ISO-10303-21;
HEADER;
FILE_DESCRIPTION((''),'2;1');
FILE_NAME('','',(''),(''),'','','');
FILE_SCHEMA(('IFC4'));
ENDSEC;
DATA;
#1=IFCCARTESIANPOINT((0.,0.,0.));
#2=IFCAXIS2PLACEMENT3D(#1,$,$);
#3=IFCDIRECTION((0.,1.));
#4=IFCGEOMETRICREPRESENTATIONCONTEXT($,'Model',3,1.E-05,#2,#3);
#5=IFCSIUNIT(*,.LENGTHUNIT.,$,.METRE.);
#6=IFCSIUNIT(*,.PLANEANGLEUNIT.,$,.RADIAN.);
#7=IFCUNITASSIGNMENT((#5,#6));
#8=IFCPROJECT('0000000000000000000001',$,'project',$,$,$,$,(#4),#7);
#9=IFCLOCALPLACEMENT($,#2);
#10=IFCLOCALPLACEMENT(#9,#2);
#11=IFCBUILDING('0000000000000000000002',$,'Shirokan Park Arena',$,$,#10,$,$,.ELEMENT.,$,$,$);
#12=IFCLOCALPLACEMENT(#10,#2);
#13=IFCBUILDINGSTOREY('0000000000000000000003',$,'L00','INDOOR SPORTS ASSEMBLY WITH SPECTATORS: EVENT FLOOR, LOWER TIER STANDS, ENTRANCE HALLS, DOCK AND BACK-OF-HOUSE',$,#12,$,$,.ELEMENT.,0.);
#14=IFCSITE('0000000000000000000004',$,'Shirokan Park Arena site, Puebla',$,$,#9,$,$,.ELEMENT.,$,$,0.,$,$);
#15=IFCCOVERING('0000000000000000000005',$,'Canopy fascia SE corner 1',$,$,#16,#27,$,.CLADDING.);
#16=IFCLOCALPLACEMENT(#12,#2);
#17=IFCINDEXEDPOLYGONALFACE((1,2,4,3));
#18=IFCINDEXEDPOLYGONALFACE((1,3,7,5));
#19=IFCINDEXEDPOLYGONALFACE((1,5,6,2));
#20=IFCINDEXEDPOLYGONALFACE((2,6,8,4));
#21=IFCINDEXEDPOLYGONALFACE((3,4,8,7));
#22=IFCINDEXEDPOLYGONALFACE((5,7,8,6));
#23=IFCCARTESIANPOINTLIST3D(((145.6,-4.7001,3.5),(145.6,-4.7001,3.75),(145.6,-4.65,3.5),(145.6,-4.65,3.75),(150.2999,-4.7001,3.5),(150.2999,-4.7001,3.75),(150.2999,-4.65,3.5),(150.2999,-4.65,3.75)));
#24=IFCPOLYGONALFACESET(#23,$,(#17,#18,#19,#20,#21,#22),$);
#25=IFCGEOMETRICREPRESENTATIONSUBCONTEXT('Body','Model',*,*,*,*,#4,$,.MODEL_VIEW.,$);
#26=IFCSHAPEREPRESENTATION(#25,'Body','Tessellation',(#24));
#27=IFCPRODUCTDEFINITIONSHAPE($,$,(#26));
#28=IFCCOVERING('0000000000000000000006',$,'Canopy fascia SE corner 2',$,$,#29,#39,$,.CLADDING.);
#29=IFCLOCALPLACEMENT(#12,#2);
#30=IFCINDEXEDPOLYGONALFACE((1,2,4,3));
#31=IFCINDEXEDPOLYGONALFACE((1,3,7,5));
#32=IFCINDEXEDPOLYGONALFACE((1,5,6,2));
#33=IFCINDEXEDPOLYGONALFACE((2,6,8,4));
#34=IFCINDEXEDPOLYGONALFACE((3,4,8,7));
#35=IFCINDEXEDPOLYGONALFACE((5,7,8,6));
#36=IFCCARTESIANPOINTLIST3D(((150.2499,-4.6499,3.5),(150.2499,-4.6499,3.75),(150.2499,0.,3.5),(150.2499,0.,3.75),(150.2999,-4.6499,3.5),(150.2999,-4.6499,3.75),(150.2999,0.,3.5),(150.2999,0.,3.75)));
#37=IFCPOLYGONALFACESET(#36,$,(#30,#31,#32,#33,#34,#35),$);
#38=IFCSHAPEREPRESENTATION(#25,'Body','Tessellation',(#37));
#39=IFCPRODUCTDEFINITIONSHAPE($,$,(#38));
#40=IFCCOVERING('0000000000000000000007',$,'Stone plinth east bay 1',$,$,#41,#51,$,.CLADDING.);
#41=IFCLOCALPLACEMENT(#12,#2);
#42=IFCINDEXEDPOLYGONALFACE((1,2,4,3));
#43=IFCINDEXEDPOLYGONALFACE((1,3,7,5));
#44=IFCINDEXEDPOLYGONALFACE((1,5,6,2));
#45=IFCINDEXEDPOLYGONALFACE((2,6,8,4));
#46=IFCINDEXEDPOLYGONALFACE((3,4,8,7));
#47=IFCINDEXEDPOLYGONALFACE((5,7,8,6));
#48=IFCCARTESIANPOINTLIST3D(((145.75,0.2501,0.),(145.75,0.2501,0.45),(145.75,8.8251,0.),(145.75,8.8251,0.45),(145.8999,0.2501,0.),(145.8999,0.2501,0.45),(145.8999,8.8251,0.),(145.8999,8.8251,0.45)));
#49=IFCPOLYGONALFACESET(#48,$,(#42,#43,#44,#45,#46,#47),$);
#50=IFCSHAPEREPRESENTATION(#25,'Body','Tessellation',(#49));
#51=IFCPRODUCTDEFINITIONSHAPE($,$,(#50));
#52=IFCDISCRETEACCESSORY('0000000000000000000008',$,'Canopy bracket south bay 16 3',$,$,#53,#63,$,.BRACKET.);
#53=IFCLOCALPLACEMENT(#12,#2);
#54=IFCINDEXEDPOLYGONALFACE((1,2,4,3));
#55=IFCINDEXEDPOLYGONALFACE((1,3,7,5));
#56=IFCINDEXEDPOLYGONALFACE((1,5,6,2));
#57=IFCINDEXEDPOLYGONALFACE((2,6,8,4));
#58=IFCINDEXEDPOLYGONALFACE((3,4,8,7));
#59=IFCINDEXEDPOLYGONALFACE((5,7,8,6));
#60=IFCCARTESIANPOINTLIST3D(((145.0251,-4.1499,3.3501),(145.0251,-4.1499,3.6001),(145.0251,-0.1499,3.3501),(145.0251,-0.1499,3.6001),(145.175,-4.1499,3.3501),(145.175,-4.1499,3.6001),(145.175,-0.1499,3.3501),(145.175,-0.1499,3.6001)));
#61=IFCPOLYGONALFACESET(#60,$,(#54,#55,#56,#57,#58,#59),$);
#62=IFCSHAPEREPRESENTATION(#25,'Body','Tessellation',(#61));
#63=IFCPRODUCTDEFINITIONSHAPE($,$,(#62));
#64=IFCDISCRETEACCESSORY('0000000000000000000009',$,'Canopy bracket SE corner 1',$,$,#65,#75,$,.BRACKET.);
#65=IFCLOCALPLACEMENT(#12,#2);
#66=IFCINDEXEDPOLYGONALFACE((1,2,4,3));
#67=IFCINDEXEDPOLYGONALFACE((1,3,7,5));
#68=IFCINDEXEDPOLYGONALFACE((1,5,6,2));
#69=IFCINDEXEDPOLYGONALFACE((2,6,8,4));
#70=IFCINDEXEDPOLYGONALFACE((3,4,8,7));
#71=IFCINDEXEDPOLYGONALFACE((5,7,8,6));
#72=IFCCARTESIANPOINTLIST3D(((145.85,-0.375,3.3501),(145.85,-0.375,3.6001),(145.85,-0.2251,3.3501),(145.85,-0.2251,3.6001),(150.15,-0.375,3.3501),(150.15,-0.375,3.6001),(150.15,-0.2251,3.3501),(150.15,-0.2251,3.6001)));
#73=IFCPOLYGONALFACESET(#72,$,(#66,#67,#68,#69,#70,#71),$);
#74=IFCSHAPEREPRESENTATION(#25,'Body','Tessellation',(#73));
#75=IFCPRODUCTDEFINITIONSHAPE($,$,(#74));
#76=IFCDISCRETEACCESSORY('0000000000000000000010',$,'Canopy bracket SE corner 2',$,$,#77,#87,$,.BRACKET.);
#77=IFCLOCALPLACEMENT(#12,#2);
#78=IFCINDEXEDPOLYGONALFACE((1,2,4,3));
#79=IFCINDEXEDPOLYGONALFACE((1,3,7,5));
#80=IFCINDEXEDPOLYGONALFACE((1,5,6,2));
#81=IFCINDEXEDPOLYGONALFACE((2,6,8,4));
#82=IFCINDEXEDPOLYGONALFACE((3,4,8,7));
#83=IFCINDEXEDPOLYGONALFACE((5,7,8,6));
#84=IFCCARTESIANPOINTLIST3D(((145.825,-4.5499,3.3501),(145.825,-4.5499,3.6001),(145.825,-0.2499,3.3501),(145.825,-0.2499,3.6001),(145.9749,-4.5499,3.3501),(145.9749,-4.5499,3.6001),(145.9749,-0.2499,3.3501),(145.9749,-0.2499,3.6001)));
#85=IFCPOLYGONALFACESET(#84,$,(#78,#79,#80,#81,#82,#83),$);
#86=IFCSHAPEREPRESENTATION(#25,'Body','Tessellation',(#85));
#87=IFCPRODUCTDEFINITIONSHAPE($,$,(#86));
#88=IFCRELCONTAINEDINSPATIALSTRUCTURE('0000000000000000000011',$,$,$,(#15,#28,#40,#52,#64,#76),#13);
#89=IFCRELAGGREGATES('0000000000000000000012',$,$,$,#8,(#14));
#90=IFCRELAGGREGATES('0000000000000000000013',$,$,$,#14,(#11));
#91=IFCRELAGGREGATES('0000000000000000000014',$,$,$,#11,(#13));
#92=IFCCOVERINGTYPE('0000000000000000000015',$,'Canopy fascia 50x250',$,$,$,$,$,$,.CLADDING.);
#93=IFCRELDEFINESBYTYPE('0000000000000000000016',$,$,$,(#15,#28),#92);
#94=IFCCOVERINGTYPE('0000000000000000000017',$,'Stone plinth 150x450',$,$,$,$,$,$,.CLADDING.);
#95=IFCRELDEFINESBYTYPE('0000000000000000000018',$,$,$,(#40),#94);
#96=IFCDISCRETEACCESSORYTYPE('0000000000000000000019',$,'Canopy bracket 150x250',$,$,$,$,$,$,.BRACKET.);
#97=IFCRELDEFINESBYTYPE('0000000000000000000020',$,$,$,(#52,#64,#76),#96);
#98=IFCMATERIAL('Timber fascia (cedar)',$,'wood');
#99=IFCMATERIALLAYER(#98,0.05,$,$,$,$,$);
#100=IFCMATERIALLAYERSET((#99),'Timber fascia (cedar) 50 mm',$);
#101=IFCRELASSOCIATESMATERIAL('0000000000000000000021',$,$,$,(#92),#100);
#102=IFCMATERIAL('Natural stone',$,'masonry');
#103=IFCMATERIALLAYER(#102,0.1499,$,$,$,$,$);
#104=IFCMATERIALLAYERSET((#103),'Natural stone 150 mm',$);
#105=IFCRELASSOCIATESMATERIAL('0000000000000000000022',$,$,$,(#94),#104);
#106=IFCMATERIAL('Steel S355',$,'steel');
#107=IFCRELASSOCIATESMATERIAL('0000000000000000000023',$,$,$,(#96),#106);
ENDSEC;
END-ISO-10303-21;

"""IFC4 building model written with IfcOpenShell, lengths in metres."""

from ifc_helpers import new_model, si_unit, direction, frame, origin, origin_2d, place, context, subcontext, project, spatial, rectangle, extrude, material, layer, layer_set, type_object, element, save


model = new_model("IFC4")

# Units and contexts
model_context = context("Model", 3, precision=1e-05, world=origin(), true_north=direction((0.0, 1.0)))
body_context = subcontext(model_context, "Body", "Model", "MODEL_VIEW")
ifc_project = project(units=[si_unit("LENGTHUNIT", "METRE"), si_unit("PLANEANGLEUNIT", "RADIAN")], contexts=[model_context])

# Site, building, storey
site_placement = place(None, origin())
site = spatial("IfcSite", under=ifc_project, at=site_placement, Name="Shirokan Park Arena site, Puebla", CompositionType="ELEMENT", RefElevation=0.0)
building_placement = place(site_placement, origin())
building = spatial("IfcBuilding", under=site, at=building_placement, Name="Shirokan Park Arena", CompositionType="ELEMENT")
storey_placement = place(building_placement, origin())
storey = spatial("IfcBuildingStorey", under=building, at=storey_placement, Name="L00", Description="INDOOR SPORTS ASSEMBLY WITH SPECTATORS: EVENT FLOOR, LOWER TIER STANDS, ENTRANCE HALLS, DOCK AND BACK-OF-HOUSE", CompositionType="ELEMENT", Elevation=0.0)

# Shared definitions
ifc_material_1 = material(Name="Steel S355", Category="steel")

# Coverings
ifc_material_2 = material(Name="Timber fascia (cedar)", Category="wood")
ifc_layer_1 = layer(ifc_material_2, 0.05)
ifc_layer_set_1 = layer_set([ifc_layer_1], Name="Timber fascia (cedar) 50 mm")
covering_type_1 = type_object("IfcCoveringType", Name="Canopy fascia 50x250", PredefinedType="CLADDING", material=ifc_layer_set_1)
covering_1_placement = place(storey_placement, frame((147.95, -4.675, 3.5), z_axis=(0.0, 0.0, 1.0), x_axis=(1.0, 0.0, 0.0)))
element("IfcCovering", 1, at=covering_1_placement, inside=storey, type_object=covering_type_1, Name="Canopy fascia SE corner 1", PredefinedType="CLADDING", context=body_context, shape_type="SweptSolid", body=[
    extrude(rectangle(XDim=4.7, YDim=0.05, at=origin_2d()), origin(), (0.0, 0.0, 1.0), 0.25),
])
covering_2_placement = place(storey_placement, frame((150.2749, -2.325, 3.5), z_axis=(0.0, 0.0, 1.0), x_axis=(1.0, 0.0, 0.0)))
element("IfcCovering", 2, at=covering_2_placement, inside=storey, type_object=covering_type_1, Name="Canopy fascia SE corner 2", PredefinedType="CLADDING", context=body_context, shape_type="SweptSolid", body=[
    extrude(rectangle(XDim=0.05, YDim=4.6499, at=origin_2d()), origin(), (0.0, 0.0, 1.0), 0.25),
])

# Covering
ifc_material_3 = material(Name="Natural stone", Category="masonry")
ifc_layer_2 = layer(ifc_material_3, 0.1499)
ifc_layer_set_2 = layer_set([ifc_layer_2], Name="Natural stone 150 mm")
covering_type_2 = type_object("IfcCoveringType", Name="Stone plinth 150x450", PredefinedType="CLADDING", material=ifc_layer_set_2)
covering_3_placement = place(storey_placement, frame((145.825, 4.5376, 0.0), z_axis=(0.0, 0.0, 1.0), x_axis=(0.0, 1.0, 0.0)))
element("IfcCovering", 3, at=covering_3_placement, inside=storey, type_object=covering_type_2, Name="Stone plinth east bay 1", PredefinedType="CLADDING", context=body_context, shape_type="SweptSolid", body=[
    extrude(rectangle(XDim=8.575, YDim=0.1499, at=origin_2d()), origin(), (0.0, 0.0, 1.0), 0.45),
])

# Discrete accessories
discrete_accessory_type = type_object("IfcDiscreteAccessoryType", Name="Canopy bracket 150x250", PredefinedType="BRACKET", material=ifc_material_1)
discrete_accessory_1_placement = place(storey_placement, frame((145.1001, -2.1499, 3.3501), z_axis=(0.0, 0.0, 1.0), x_axis=(1.0, 0.0, 0.0)))
element("IfcDiscreteAccessory", 4, at=discrete_accessory_1_placement, inside=storey, type_object=discrete_accessory_type, Name="Canopy bracket south bay 16 3", PredefinedType="BRACKET", context=body_context, shape_type="SweptSolid", body=[
    extrude(rectangle(XDim=0.1499, YDim=4.0, at=origin_2d()), origin(), (0.0, 0.0, 1.0), 0.25),
])
discrete_accessory_2_placement = place(storey_placement, frame((148.0, -0.3, 3.3501), z_axis=(0.0, 0.0, 1.0), x_axis=(1.0, 0.0, 0.0)))
element("IfcDiscreteAccessory", 5, at=discrete_accessory_2_placement, inside=storey, type_object=discrete_accessory_type, Name="Canopy bracket SE corner 1", PredefinedType="BRACKET", context=body_context, shape_type="SweptSolid", body=[
    extrude(rectangle(XDim=4.3, YDim=0.1499, at=origin_2d()), origin(), (0.0, 0.0, 1.0), 0.25),
])
discrete_accessory_3_placement = place(storey_placement, frame((145.8999, -2.3999, 3.3501), z_axis=(0.0, 0.0, 1.0), x_axis=(1.0, 0.0, 0.0)))
element("IfcDiscreteAccessory", 6, at=discrete_accessory_3_placement, inside=storey, type_object=discrete_accessory_type, Name="Canopy bracket SE corner 2", PredefinedType="BRACKET", context=body_context, shape_type="SweptSolid", body=[
    extrude(rectangle(XDim=0.1499, YDim=4.3, at=origin_2d()), origin(), (0.0, 0.0, 1.0), 0.25),
])

save(model, "model.ifc")
